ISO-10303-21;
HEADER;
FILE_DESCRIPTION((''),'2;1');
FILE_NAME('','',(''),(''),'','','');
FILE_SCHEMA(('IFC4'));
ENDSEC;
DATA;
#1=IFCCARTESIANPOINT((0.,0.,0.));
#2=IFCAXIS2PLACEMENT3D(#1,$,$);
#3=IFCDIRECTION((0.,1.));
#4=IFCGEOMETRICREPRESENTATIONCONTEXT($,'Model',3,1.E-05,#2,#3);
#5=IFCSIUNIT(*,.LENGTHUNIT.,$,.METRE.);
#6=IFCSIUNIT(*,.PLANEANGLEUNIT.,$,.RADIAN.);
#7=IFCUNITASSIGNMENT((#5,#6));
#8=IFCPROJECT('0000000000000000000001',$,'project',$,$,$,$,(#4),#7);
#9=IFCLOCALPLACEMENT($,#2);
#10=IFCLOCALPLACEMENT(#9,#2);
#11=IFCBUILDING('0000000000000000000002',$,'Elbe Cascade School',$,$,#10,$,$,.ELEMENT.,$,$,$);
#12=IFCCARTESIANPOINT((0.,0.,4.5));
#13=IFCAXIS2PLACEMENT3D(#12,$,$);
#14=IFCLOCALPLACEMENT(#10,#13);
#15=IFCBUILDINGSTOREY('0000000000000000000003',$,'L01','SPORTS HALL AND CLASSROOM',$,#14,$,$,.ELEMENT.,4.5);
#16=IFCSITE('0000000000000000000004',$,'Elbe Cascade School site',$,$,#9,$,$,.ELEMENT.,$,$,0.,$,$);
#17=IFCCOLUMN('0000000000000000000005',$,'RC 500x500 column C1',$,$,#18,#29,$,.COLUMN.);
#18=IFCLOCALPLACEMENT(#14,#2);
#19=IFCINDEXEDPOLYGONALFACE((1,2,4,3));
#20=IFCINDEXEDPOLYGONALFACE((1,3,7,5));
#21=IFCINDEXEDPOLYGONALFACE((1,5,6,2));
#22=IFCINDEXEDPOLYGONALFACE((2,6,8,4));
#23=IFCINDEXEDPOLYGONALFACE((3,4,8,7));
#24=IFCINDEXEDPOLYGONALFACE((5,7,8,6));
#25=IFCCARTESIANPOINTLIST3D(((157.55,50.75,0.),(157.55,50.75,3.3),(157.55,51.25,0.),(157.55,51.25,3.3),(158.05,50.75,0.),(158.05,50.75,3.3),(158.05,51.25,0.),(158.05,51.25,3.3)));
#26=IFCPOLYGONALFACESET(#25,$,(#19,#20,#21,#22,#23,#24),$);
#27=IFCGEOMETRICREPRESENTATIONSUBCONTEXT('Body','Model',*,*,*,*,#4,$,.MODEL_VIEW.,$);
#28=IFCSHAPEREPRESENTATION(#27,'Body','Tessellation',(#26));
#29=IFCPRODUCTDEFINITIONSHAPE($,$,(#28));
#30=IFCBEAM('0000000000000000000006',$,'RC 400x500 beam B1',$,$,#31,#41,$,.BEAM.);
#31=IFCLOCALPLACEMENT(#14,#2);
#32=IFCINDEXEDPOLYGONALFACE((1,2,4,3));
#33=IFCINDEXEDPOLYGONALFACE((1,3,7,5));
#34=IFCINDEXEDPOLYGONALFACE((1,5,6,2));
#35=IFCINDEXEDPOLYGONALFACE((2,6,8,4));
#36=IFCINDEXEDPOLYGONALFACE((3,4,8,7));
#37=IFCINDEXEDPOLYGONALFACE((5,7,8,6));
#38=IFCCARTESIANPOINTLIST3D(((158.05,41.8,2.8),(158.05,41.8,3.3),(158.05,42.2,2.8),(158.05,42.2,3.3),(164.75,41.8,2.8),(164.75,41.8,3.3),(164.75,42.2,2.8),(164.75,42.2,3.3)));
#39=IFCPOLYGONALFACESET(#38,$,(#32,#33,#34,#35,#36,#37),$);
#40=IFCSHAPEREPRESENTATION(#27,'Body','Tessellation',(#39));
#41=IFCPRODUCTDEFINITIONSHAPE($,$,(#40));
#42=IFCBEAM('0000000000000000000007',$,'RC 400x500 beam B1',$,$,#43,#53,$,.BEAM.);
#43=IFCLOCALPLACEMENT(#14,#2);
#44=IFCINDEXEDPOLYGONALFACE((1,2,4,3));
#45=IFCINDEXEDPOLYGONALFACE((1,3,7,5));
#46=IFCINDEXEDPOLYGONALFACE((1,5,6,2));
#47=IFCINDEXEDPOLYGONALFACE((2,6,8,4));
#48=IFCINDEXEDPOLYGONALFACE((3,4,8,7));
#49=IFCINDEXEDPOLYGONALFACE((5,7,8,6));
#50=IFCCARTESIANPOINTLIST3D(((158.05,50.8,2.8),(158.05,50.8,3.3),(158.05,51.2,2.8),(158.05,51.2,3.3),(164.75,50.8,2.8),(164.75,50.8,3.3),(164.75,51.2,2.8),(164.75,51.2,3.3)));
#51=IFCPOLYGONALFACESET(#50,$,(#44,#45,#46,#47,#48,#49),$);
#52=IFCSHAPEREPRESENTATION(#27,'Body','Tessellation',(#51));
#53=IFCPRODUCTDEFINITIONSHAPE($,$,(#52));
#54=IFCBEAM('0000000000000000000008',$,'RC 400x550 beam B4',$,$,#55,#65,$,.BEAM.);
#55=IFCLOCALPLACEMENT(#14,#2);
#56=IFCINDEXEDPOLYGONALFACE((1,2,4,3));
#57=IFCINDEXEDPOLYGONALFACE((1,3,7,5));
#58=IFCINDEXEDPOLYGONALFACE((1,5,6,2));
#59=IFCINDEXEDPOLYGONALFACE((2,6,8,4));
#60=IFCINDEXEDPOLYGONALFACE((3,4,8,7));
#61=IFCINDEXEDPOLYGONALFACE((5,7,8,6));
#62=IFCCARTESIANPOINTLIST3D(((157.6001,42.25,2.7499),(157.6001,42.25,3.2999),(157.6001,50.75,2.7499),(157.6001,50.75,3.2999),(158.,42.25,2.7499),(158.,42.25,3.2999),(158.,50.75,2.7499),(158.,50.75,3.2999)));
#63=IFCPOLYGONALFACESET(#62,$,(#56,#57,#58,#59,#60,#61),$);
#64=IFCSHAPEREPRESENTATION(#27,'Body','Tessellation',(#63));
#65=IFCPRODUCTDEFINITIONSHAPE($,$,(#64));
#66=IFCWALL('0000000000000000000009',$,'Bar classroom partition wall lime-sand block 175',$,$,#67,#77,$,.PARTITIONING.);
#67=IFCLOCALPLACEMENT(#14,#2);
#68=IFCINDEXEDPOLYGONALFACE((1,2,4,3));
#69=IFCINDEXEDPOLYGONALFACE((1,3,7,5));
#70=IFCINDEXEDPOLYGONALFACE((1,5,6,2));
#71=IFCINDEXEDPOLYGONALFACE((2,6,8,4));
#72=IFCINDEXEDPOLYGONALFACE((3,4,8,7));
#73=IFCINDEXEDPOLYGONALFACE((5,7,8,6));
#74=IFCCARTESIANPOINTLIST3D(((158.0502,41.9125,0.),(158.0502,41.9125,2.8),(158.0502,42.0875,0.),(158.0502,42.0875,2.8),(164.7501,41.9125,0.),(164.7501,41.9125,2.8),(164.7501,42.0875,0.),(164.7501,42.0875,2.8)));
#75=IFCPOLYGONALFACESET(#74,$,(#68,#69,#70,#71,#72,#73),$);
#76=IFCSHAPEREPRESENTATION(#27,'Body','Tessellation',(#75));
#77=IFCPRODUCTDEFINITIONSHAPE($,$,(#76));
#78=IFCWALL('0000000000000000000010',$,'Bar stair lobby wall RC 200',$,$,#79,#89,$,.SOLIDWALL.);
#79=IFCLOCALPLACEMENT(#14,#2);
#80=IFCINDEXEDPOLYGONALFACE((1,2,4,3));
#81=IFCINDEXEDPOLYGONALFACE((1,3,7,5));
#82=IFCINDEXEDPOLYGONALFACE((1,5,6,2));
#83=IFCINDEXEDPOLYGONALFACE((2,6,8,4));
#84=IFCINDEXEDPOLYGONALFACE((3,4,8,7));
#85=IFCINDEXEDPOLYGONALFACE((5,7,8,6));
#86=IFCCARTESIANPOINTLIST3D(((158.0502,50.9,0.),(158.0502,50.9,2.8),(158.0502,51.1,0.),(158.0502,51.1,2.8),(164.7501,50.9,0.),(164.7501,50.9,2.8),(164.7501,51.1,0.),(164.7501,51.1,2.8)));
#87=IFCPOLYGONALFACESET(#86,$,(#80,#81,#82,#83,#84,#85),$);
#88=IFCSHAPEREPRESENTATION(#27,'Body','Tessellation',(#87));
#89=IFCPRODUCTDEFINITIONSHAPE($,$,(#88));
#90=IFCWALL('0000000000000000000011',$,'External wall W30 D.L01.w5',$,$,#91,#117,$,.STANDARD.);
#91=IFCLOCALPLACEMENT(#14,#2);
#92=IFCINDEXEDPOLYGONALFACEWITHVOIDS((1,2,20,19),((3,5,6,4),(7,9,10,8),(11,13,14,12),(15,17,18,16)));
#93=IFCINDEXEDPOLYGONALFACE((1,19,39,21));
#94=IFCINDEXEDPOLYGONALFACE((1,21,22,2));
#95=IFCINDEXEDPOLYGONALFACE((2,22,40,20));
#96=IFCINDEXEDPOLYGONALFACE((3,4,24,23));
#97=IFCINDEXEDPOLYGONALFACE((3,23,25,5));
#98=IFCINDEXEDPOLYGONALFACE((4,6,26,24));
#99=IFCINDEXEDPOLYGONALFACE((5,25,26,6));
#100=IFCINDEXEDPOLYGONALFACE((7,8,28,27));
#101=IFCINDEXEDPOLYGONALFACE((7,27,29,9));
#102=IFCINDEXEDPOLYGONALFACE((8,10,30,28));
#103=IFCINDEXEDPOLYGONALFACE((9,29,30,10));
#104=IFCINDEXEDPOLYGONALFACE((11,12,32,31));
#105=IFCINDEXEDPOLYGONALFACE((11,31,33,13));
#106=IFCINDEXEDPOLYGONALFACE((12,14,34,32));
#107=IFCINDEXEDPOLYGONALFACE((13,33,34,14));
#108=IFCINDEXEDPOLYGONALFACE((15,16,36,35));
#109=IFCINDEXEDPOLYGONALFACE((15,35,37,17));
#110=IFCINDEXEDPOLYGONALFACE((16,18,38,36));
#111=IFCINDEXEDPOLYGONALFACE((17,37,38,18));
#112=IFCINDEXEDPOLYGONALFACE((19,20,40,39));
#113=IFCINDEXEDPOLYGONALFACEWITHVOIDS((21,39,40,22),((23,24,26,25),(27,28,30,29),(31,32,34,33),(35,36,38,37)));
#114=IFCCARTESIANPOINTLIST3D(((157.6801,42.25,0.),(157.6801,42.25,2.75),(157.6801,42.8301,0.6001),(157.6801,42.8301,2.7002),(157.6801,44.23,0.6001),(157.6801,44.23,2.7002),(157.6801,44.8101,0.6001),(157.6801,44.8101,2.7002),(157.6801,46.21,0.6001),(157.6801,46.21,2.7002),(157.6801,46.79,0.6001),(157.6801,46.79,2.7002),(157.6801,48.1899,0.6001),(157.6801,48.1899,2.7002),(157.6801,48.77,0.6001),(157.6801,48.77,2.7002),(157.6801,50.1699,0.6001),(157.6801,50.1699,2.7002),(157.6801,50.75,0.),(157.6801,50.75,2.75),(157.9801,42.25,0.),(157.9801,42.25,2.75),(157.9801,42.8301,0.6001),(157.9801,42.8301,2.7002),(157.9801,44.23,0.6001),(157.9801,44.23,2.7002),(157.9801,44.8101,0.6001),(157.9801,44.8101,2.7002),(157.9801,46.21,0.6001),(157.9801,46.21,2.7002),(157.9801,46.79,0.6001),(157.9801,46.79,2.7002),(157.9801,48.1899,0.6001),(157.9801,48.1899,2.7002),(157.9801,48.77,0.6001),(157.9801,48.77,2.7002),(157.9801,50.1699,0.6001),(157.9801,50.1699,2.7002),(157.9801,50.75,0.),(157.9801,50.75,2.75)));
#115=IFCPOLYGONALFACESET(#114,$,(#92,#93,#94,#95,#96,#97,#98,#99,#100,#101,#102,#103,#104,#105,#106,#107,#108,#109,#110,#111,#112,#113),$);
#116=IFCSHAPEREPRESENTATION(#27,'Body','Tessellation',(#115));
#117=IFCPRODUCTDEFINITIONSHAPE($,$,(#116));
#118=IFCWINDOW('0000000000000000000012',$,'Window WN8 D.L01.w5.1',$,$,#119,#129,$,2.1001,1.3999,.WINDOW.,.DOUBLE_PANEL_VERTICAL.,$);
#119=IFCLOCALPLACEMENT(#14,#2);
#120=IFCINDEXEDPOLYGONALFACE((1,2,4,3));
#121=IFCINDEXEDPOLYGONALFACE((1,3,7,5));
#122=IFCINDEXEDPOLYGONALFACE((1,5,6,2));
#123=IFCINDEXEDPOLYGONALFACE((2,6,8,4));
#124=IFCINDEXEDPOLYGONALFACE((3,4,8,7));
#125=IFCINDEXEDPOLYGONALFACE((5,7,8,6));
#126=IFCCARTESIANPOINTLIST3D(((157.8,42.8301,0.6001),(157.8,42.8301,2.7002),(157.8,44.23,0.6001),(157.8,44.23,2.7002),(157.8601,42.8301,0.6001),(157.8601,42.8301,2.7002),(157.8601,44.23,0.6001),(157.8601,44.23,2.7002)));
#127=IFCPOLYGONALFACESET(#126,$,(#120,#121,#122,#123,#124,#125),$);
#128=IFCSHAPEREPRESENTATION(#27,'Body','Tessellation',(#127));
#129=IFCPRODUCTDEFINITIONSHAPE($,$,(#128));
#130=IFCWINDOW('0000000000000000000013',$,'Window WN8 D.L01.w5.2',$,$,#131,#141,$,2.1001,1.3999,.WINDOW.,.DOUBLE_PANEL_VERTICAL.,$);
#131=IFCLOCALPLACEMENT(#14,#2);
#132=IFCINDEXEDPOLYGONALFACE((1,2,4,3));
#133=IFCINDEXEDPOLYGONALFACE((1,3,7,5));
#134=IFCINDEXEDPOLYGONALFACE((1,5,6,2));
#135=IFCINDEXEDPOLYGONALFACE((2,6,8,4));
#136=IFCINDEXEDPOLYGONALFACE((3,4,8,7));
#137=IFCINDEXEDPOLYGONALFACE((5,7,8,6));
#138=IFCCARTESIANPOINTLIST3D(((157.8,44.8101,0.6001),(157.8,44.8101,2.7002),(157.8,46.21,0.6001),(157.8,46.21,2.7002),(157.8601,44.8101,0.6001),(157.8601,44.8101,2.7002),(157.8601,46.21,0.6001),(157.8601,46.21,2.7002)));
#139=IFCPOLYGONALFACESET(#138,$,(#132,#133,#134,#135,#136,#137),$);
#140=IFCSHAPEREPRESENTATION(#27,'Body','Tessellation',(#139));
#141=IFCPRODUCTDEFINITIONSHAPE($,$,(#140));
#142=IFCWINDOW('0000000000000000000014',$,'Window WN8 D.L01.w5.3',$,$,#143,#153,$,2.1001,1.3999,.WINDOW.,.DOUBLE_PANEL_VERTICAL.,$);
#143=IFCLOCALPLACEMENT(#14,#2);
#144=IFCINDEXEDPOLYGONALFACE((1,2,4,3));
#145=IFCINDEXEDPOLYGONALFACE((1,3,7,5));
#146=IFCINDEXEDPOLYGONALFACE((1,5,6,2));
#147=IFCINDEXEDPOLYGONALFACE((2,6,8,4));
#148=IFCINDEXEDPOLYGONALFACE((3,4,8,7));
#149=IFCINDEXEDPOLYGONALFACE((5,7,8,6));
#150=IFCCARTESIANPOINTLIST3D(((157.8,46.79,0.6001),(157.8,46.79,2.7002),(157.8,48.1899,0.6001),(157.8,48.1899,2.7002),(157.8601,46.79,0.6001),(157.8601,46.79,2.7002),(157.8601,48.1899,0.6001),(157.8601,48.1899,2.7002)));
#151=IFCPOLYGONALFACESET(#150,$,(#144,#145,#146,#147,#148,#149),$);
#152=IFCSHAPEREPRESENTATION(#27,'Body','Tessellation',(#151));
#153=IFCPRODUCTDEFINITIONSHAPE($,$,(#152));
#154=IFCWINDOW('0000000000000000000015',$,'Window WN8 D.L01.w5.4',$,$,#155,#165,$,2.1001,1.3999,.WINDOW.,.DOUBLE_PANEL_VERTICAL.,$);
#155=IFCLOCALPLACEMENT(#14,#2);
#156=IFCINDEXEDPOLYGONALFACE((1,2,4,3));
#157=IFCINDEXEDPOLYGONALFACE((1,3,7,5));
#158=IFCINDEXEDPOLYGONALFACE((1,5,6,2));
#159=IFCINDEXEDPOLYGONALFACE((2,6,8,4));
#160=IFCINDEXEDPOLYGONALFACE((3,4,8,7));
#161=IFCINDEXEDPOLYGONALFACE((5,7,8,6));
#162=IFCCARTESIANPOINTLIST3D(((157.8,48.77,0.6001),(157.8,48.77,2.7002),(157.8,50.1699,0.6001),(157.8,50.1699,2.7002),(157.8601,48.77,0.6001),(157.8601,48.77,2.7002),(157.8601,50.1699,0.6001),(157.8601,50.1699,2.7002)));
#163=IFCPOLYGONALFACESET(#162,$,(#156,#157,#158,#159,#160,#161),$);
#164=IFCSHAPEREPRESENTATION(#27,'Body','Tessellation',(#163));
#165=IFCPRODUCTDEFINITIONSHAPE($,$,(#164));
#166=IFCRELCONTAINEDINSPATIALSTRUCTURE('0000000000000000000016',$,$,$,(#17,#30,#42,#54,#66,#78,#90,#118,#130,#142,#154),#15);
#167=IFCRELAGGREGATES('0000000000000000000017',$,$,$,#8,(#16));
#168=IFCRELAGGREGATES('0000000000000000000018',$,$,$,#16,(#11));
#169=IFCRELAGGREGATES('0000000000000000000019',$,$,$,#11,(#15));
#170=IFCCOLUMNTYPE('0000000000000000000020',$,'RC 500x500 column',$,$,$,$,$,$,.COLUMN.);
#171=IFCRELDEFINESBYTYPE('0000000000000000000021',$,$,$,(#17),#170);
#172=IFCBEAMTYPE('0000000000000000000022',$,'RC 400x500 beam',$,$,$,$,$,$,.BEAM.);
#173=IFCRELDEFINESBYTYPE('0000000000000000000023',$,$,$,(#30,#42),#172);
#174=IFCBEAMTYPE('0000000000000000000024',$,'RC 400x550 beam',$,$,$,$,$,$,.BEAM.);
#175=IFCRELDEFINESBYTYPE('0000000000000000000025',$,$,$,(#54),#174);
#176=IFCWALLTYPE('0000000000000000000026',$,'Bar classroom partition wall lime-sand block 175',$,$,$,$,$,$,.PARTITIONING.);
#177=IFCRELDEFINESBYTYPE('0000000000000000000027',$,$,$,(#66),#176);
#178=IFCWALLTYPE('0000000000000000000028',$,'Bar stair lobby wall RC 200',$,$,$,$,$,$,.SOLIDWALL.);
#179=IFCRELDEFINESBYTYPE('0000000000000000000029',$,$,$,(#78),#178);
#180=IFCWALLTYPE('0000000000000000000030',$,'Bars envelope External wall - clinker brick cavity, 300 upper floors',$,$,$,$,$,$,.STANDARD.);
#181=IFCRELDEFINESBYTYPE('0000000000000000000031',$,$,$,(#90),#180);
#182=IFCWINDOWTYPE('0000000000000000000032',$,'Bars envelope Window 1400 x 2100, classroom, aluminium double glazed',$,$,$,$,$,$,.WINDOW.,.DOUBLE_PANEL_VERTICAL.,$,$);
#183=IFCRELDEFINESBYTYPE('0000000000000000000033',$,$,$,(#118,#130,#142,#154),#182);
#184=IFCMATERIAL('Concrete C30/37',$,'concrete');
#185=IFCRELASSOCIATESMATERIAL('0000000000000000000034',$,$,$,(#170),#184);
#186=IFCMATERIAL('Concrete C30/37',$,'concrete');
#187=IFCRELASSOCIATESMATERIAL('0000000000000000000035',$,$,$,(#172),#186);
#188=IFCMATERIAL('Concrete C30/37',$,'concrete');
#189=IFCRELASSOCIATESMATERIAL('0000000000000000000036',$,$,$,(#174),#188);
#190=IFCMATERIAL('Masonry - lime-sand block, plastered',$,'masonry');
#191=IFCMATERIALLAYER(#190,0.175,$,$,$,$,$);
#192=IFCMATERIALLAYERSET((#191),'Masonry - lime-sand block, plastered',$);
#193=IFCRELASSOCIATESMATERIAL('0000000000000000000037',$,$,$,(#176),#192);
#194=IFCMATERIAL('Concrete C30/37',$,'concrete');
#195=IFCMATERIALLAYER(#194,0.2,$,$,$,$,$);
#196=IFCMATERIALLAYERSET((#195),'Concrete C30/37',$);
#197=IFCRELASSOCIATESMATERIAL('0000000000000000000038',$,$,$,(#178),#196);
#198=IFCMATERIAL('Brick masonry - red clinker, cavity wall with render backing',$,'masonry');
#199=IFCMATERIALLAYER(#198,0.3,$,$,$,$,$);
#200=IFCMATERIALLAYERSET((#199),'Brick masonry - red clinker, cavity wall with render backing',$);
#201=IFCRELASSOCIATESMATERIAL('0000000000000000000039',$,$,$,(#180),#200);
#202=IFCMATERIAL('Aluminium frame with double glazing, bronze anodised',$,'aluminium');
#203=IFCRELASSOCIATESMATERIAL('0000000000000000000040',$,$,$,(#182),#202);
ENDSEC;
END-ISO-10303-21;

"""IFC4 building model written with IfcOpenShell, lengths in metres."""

from ifc_helpers import new_model, si_unit, direction, frame, frame_2d, origin, origin_2d, place, context, subcontext, project, spatial, rectangle, extrude, material, layer, layer_set, material_profile, profile_set, type_object, element, fill, save


model = new_model("IFC4")

# Units and contexts
model_context = context("Model", 3, precision=1e-05, world=origin(), true_north=direction((0.0, 1.0)))
body_context = subcontext(model_context, "Body", "Model", "MODEL_VIEW")
ifc_project = project(units=[si_unit("LENGTHUNIT", "METRE"), si_unit("PLANEANGLEUNIT", "RADIAN")], contexts=[model_context])

# Site, building, storey
site_placement = place(None, origin())
site = spatial("IfcSite", under=ifc_project, at=site_placement, Name="Elbe Cascade School site", CompositionType="ELEMENT", RefElevation=0.0)
building_placement = place(site_placement, origin())
building = spatial("IfcBuilding", under=site, at=building_placement, Name="Elbe Cascade School", CompositionType="ELEMENT")
storey_placement = place(building_placement, frame((0.0, 0.0, 4.5)))
storey = spatial("IfcBuildingStorey", under=building, at=storey_placement, Name="L01", Description="SPORTS HALL AND CLASSROOM", CompositionType="ELEMENT", Elevation=4.5)

# Column
ifc_material_1 = material(Name="Concrete C30/37", Category="concrete")
ifc_material_profile_1 = material_profile(ifc_material_1, rectangle(XDim=0.5, YDim=0.5, at=origin_2d()), Name="RC 500x500")
ifc_profile_set_1 = profile_set([ifc_material_profile_1], Name="Concrete C30/37")
column_type = type_object("IfcColumnType", Name="RC 500x500 column", PredefinedType="COLUMN", material=ifc_profile_set_1)
column_placement = place(storey_placement, frame((157.8, 51.0, 0.0), z_axis=(0.0, 0.0, 1.0), x_axis=(1.0, 0.0, 0.0)))
element("IfcColumn", 1, at=column_placement, inside=storey, type_object=column_type, Name="RC 500x500 column C1", PredefinedType="COLUMN", context=body_context, shape_type="SweptSolid", body=[
    extrude(rectangle(XDim=0.5, YDim=0.5, at=origin_2d()), origin(), (0.0, 0.0, 1.0), 3.3),
])

# Beams
ifc_material_2 = material(Name="Concrete C30/37", Category="concrete")
ifc_material_profile_2 = material_profile(ifc_material_2, rectangle(XDim=0.3999, YDim=0.5, at=origin_2d()), Name="RC 400x500")
ifc_profile_set_2 = profile_set([ifc_material_profile_2], Name="Concrete C30/37")
beam_type_1 = type_object("IfcBeamType", Name="RC 400x500 beam", PredefinedType="BEAM", material=ifc_profile_set_2)
for number, where, z_axis, x_axis, name in (
    (2, (158.05, 42.0, 3.05), (1.0, 0.0, 0.0), (0.0, 1.0, 0.0), "RC 400x500 beam B1"),
    (3, (158.05, 51.0, 3.05), (1.0, 0.0, 0.0), (0.0, 1.0, 0.0), "RC 400x500 beam B1"),
):
    element("IfcBeam", number, at=place(storey_placement, frame(where, z_axis=z_axis, x_axis=x_axis)), inside=storey, type_object=beam_type_1, Name=name, PredefinedType="BEAM", context=body_context, shape_type="SweptSolid", body=[
        extrude(rectangle(XDim=0.3999, YDim=0.5, at=origin_2d()), origin(), (0.0, 0.0, 1.0), 6.7),
    ])
ifc_material_3 = material(Name="Concrete C30/37", Category="concrete")
ifc_material_profile_3 = material_profile(ifc_material_3, rectangle(XDim=0.3999, YDim=0.55, at=origin_2d()), Name="RC 400x550")
ifc_profile_set_3 = profile_set([ifc_material_profile_3], Name="Concrete C30/37")
beam_type_2 = type_object("IfcBeamType", Name="RC 400x550 beam", PredefinedType="BEAM", material=ifc_profile_set_3)
beam_placement = place(storey_placement, frame((157.8, 42.25, 3.0249), z_axis=(0.0, 1.0, 0.0), x_axis=(-1.0, 0.0, 0.0)))
element("IfcBeam", 4, at=beam_placement, inside=storey, type_object=beam_type_2, Name="RC 400x550 beam B4", PredefinedType="BEAM", context=body_context, shape_type="SweptSolid", body=[
    extrude(rectangle(XDim=0.3999, YDim=0.55, at=origin_2d()), origin(), (0.0, 0.0, 1.0), 8.5),
])

# Walls
ifc_material_4 = material(Name="Masonry - lime-sand block, plastered", Category="masonry")
ifc_layer_1 = layer(ifc_material_4, 0.175)
ifc_layer_set_1 = layer_set([ifc_layer_1], Name="Masonry - lime-sand block, plastered")
wall_type_1 = type_object("IfcWallType", Name="Bar classroom partition wall lime-sand block 175", PredefinedType="PARTITIONING", material=ifc_layer_set_1)
wall_1_placement = place(storey_placement, frame((158.05, 42.0, 0.0), z_axis=(0.0, 0.0, 1.0), x_axis=(1.0, 0.0, 0.0)))
element("IfcWall", 5, at=wall_1_placement, inside=storey, type_object=wall_type_1, Name="Bar classroom partition wall lime-sand block 175", PredefinedType="PARTITIONING", context=body_context, shape_type="SweptSolid", body=[
    extrude(rectangle(XDim=6.7, YDim=0.175, at=frame_2d((3.3501, 0.0))), origin(), (0.0, 0.0, 1.0), 2.8),
])
ifc_material_5 = material(Name="Concrete C30/37", Category="concrete")
ifc_layer_2 = layer(ifc_material_5, 0.2)
ifc_layer_set_2 = layer_set([ifc_layer_2], Name="Concrete C30/37")
wall_type_2 = type_object("IfcWallType", Name="Bar stair lobby wall RC 200", PredefinedType="SOLIDWALL", material=ifc_layer_set_2)
wall_2_placement = place(storey_placement, frame((158.05, 51.0, 0.0), z_axis=(0.0, 0.0, 1.0), x_axis=(1.0, 0.0, 0.0)))
element("IfcWall", 6, at=wall_2_placement, inside=storey, type_object=wall_type_2, Name="Bar stair lobby wall RC 200", PredefinedType="SOLIDWALL", context=body_context, shape_type="SweptSolid", body=[
    extrude(rectangle(XDim=6.7, YDim=0.2, at=frame_2d((3.3501, 0.0))), origin(), (0.0, 0.0, 1.0), 2.8),
])

# Wall, openings, windows
ifc_material_6 = material(Name="Brick masonry - red clinker, cavity wall with render backing", Category="masonry")
ifc_layer_3 = layer(ifc_material_6, 0.3)
ifc_layer_set_3 = layer_set([ifc_layer_3], Name="Brick masonry - red clinker, cavity wall with render backing")
wall_type_3 = type_object("IfcWallType", Name="Bars envelope External wall - clinker brick cavity, 300 upper floors", PredefinedType="STANDARD", material=ifc_layer_set_3)
wall_3_placement = place(storey_placement, frame((157.8301, 42.25, 0.0), z_axis=(0.0, 0.0, 1.0), x_axis=(0.0, 1.0, 0.0)))
wall_3 = element("IfcWall", 7, at=wall_3_placement, inside=storey, type_object=wall_type_3, Name="External wall W30 D.L01.w5", PredefinedType="STANDARD", context=body_context, shape_type="SweptSolid", body=[
    extrude(rectangle(XDim=8.5, YDim=0.3, at=frame_2d((4.25, 0.0))), origin(), (0.0, 0.0, 1.0), 2.75),
])
opening_1_placement = place(wall_3_placement, frame((0.5801, 0.0, 0.6001)))
opening_1 = element("IfcOpeningElement", 8, at=opening_1_placement, cuts=wall_3, PredefinedType="OPENING", context=body_context, shape_type="SweptSolid", body=[
    extrude(rectangle(XDim=1.3999, YDim=2.1001, at=frame_2d((0.7, 1.05))), frame((0.0, 0.1599, 0.0), z_axis=(0.0, -1.0, 0.0), x_axis=(1.0, 0.0, 0.0)), (0.0, 0.0, 1.0), 0.3201),
])
opening_2_placement = place(wall_3_placement, frame((2.5601, 0.0, 0.6001)))
opening_2 = element("IfcOpeningElement", 9, at=opening_2_placement, cuts=wall_3, PredefinedType="OPENING", context=body_context, shape_type="SweptSolid", body=[
    extrude(rectangle(XDim=1.3999, YDim=2.1001, at=frame_2d((0.7, 1.05))), frame((0.0, 0.1599, 0.0), z_axis=(0.0, -1.0, 0.0), x_axis=(1.0, 0.0, 0.0)), (0.0, 0.0, 1.0), 0.3201),
])
opening_3_placement = place(wall_3_placement, frame((4.54, 0.0, 0.6001)))
opening_3 = element("IfcOpeningElement", 10, at=opening_3_placement, cuts=wall_3, PredefinedType="OPENING", context=body_context, shape_type="SweptSolid", body=[
    extrude(rectangle(XDim=1.3999, YDim=2.1001, at=frame_2d((0.7, 1.05))), frame((0.0, 0.1599, 0.0), z_axis=(0.0, -1.0, 0.0), x_axis=(1.0, 0.0, 0.0)), (0.0, 0.0, 1.0), 0.3201),
])
opening_4_placement = place(wall_3_placement, frame((6.52, 0.0, 0.6001)))
opening_4 = element("IfcOpeningElement", 11, at=opening_4_placement, cuts=wall_3, PredefinedType="OPENING", context=body_context, shape_type="SweptSolid", body=[
    extrude(rectangle(XDim=1.3999, YDim=2.1001, at=frame_2d((0.7, 1.05))), frame((0.0, 0.1599, 0.0), z_axis=(0.0, -1.0, 0.0), x_axis=(1.0, 0.0, 0.0)), (0.0, 0.0, 1.0), 0.3201),
])
ifc_material_7 = material(Name="Aluminium frame with double glazing, bronze anodised", Category="aluminium")
window_type = type_object("IfcWindowType", Name="Bars envelope Window 1400 x 2100, classroom, aluminium double glazed", PartitioningType="DOUBLE_PANEL_VERTICAL", PredefinedType="WINDOW", material=ifc_material_7)
window_1_placement = place(opening_1_placement, origin())
window_1 = element("IfcWindow", 12, at=window_1_placement, inside=storey, type_object=window_type, Name="Window WN8 D.L01.w5.1", OverallHeight=2.1001, OverallWidth=1.3999, PartitioningType="DOUBLE_PANEL_VERTICAL", PredefinedType="WINDOW", context=body_context, shape_type="SweptSolid", body=[
    extrude(rectangle(XDim=1.3999, YDim=2.1001, at=frame_2d((0.7, 1.05))), frame((0.0, 0.03, 0.0), z_axis=(0.0, -1.0, 0.0), x_axis=(1.0, 0.0, 0.0)), (0.0, 0.0, 1.0), 0.0601),
])
fill(opening_1, window_1)
window_2_placement = place(opening_2_placement, origin())
window_2 = element("IfcWindow", 13, at=window_2_placement, inside=storey, type_object=window_type, Name="Window WN8 D.L01.w5.2", OverallHeight=2.1001, OverallWidth=1.3999, PartitioningType="DOUBLE_PANEL_VERTICAL", PredefinedType="WINDOW", context=body_context, shape_type="SweptSolid", body=[
    extrude(rectangle(XDim=1.3999, YDim=2.1001, at=frame_2d((0.7, 1.05))), frame((0.0, 0.03, 0.0), z_axis=(0.0, -1.0, 0.0), x_axis=(1.0, 0.0, 0.0)), (0.0, 0.0, 1.0), 0.0601),
])
fill(opening_2, window_2)
window_3_placement = place(opening_3_placement, origin())
window_3 = element("IfcWindow", 14, at=window_3_placement, inside=storey, type_object=window_type, Name="Window WN8 D.L01.w5.3", OverallHeight=2.1001, OverallWidth=1.3999, PartitioningType="DOUBLE_PANEL_VERTICAL", PredefinedType="WINDOW", context=body_context, shape_type="SweptSolid", body=[
    extrude(rectangle(XDim=1.3999, YDim=2.1001, at=frame_2d((0.7, 1.05))), frame((0.0, 0.03, 0.0), z_axis=(0.0, -1.0, 0.0), x_axis=(1.0, 0.0, 0.0)), (0.0, 0.0, 1.0), 0.0601),
])
fill(opening_3, window_3)
window_4_placement = place(opening_4_placement, origin())
window_4 = element("IfcWindow", 15, at=window_4_placement, inside=storey, type_object=window_type, Name="Window WN8 D.L01.w5.4", OverallHeight=2.1001, OverallWidth=1.3999, PartitioningType="DOUBLE_PANEL_VERTICAL", PredefinedType="WINDOW", context=body_context, shape_type="SweptSolid", body=[
    extrude(rectangle(XDim=1.3999, YDim=2.1001, at=frame_2d((0.7, 1.05))), frame((0.0, 0.03, 0.0), z_axis=(0.0, -1.0, 0.0), x_axis=(1.0, 0.0, 0.0)), (0.0, 0.0, 1.0), 0.0601),
])
fill(opening_4, window_4)

save(model, "model.ifc")
